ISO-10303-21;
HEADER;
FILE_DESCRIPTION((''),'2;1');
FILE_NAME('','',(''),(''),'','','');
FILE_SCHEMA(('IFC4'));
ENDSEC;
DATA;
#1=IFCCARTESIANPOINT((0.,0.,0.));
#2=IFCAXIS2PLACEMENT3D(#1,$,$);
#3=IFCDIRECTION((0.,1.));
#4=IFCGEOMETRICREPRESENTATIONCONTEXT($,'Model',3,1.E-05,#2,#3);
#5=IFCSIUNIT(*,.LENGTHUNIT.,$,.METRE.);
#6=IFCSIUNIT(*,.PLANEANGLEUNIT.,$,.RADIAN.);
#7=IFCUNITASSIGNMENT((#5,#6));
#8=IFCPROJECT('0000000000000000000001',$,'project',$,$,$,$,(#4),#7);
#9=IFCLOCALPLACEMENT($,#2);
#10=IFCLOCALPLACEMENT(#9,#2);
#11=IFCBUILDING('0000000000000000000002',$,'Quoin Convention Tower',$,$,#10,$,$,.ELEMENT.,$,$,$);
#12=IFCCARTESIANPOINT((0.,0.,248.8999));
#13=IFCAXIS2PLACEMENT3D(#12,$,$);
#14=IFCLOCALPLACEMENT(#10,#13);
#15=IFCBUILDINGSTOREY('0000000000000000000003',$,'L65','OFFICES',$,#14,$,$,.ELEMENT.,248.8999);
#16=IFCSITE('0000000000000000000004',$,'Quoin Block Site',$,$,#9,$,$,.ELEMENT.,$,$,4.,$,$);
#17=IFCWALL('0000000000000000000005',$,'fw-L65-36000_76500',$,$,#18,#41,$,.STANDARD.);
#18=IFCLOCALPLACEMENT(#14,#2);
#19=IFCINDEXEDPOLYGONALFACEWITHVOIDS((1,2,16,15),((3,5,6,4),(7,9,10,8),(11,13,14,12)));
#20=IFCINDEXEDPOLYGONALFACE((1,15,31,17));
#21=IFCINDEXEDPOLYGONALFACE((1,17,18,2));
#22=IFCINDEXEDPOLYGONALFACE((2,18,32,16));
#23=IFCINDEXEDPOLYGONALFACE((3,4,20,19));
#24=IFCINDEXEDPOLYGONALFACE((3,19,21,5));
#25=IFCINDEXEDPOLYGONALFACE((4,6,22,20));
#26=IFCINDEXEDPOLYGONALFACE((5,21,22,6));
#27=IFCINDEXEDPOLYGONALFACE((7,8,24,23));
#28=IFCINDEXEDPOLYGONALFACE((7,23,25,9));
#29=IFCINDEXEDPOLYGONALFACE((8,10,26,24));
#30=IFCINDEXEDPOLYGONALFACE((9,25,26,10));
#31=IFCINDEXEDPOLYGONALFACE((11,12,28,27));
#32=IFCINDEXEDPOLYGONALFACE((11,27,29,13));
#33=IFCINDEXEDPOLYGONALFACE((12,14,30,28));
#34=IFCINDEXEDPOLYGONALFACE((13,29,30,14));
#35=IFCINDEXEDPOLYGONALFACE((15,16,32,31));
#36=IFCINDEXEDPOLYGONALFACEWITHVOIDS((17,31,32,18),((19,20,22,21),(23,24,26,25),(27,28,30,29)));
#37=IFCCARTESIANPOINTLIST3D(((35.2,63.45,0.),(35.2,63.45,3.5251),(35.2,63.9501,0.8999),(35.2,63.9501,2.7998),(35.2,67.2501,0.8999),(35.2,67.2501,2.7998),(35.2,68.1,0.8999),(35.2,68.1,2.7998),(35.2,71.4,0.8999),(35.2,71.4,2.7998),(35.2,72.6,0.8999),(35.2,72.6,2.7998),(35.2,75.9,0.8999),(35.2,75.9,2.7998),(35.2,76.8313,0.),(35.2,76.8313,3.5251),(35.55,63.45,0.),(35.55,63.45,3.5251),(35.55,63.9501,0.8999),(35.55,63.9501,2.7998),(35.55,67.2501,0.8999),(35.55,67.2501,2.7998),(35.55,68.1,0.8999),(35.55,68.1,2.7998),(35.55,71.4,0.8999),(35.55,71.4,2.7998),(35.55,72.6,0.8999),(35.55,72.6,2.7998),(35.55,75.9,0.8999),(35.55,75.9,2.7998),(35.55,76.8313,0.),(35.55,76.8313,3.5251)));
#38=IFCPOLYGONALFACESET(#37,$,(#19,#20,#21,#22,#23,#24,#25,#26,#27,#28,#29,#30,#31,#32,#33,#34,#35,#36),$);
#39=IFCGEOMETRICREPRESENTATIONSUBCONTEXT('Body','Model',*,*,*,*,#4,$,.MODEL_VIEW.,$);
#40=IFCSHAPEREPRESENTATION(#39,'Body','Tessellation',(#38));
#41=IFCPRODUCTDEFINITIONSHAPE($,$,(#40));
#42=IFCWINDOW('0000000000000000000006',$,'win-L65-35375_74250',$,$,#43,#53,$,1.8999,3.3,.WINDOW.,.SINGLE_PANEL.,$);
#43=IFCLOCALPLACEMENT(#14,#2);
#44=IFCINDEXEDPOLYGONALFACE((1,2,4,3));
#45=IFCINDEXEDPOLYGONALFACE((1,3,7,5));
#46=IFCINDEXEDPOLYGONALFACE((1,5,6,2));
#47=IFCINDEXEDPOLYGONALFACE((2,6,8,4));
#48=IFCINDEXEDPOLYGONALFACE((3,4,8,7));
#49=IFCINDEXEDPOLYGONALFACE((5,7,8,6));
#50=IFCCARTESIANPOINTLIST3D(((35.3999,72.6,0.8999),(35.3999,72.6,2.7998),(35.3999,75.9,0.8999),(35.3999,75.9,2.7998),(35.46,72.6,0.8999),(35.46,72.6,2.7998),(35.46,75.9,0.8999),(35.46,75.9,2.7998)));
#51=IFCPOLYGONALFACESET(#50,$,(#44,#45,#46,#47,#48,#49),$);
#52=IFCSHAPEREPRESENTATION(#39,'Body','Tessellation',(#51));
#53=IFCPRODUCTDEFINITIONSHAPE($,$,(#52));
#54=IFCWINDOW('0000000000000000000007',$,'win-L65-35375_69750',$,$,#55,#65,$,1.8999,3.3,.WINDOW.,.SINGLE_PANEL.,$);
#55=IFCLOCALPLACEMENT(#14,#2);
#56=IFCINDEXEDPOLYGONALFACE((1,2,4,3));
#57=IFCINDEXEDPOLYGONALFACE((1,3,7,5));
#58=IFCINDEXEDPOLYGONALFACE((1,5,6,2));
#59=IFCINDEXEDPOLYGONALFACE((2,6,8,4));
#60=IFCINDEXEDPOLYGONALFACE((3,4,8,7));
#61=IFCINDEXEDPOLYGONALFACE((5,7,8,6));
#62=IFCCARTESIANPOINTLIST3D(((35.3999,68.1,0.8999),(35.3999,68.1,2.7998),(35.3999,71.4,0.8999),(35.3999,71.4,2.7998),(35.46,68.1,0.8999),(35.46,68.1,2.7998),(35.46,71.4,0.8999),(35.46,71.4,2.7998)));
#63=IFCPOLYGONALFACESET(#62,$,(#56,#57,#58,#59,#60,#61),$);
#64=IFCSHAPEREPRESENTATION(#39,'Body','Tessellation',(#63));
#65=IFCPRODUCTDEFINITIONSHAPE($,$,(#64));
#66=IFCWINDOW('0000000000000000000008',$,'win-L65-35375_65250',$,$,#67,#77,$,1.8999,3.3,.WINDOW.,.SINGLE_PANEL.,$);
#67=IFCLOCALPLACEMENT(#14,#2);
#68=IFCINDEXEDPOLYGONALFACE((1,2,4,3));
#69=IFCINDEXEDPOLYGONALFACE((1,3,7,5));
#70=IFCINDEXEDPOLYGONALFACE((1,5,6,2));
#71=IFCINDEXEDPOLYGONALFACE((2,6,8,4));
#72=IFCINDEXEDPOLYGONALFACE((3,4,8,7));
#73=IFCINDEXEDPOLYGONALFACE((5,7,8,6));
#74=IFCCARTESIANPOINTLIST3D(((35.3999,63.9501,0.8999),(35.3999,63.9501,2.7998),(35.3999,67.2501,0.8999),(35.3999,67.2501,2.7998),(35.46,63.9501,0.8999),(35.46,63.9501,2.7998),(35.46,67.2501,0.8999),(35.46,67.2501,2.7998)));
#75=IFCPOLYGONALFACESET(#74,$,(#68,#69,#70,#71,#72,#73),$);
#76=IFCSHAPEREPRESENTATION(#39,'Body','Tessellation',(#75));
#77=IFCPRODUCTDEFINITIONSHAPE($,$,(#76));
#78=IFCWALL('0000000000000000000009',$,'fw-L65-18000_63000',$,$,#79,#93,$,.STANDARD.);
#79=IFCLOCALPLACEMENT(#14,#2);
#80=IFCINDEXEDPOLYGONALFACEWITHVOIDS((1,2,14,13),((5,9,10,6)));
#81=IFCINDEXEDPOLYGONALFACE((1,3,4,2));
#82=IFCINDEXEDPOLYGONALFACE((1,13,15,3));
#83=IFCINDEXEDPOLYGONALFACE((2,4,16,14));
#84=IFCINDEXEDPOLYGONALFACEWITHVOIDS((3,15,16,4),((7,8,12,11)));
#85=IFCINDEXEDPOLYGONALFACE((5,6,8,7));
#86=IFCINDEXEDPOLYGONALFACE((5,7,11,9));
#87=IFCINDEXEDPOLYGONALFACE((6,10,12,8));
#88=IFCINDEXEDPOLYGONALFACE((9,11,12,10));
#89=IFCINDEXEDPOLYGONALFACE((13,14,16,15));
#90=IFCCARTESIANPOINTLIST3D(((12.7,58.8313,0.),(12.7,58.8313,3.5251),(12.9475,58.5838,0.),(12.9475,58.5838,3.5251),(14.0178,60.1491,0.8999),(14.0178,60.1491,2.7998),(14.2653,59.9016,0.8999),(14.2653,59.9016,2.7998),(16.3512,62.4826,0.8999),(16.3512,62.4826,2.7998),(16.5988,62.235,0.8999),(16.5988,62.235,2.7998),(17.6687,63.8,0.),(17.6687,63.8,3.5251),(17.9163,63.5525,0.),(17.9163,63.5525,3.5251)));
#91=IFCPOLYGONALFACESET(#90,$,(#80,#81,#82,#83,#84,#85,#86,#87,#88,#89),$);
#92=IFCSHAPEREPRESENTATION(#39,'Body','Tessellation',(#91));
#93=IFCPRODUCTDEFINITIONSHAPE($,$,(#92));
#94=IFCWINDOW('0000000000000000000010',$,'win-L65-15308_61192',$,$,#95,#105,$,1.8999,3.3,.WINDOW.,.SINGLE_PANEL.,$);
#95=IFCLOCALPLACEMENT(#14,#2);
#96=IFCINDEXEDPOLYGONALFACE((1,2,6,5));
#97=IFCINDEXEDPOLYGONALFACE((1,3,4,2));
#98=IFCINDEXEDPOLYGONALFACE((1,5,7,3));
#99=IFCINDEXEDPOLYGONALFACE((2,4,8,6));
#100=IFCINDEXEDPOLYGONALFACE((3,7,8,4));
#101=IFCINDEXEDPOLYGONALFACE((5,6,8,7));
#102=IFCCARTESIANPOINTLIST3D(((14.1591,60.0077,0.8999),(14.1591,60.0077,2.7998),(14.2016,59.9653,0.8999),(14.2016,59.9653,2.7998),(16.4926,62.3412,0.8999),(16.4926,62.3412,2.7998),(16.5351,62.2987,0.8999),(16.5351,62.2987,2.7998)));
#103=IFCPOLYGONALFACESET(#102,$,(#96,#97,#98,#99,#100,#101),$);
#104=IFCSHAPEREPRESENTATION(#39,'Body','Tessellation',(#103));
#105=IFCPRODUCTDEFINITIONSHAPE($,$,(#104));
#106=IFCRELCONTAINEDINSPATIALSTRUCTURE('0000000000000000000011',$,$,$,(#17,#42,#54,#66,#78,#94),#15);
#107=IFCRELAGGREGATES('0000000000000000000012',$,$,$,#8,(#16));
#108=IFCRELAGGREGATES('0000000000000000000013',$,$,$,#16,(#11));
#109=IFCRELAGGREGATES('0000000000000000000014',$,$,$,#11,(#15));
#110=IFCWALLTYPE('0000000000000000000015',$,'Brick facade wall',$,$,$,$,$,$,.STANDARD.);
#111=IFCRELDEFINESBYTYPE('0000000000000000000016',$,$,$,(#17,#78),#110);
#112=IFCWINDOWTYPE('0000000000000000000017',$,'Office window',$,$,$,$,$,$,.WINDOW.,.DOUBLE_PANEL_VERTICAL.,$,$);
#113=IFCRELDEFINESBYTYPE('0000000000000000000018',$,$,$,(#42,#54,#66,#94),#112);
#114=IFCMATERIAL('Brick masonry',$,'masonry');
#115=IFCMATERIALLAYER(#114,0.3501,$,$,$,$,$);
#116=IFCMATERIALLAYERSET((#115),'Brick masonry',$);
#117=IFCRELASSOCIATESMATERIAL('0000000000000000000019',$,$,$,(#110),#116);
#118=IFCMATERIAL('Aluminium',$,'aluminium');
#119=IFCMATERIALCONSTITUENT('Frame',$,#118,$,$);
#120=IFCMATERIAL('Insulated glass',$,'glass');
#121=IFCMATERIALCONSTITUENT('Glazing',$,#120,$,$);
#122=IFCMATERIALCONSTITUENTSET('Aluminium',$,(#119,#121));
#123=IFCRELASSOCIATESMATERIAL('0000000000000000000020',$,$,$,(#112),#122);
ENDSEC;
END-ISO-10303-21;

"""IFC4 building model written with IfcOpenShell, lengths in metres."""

from ifc_helpers import new_model, si_unit, direction, frame, frame_2d, origin, place, context, subcontext, project, spatial, rectangle, extrude, material, layer, layer_set, constituent, constituent_set, type_object, element, fill, save


model = new_model("IFC4")

# Units and contexts
model_context = context("Model", 3, precision=1e-05, world=origin(), true_north=direction((0.0, 1.0)))
body_context = subcontext(model_context, "Body", "Model", "MODEL_VIEW")
ifc_project = project(units=[si_unit("LENGTHUNIT", "METRE"), si_unit("PLANEANGLEUNIT", "RADIAN")], contexts=[model_context])

# Site, building, storey
site_placement = place(None, origin())
site = spatial("IfcSite", under=ifc_project, at=site_placement, Name="Quoin Block Site", CompositionType="ELEMENT", RefElevation=4.0)
building_placement = place(site_placement, origin())
building = spatial("IfcBuilding", under=site, at=building_placement, Name="Quoin Convention Tower", CompositionType="ELEMENT")
storey_placement = place(building_placement, frame((0.0, 0.0, 248.8999)))
storey = spatial("IfcBuildingStorey", under=building, at=storey_placement, Name="L65", Description="OFFICES", CompositionType="ELEMENT", Elevation=248.8999)

# Wall, openings, windows
ifc_material_1 = material(Name="Brick masonry", Category="masonry")
ifc_layer_1 = layer(ifc_material_1, 0.3501)
ifc_layer_set_1 = layer_set([ifc_layer_1], Name="Brick masonry")
wall_type_1 = type_object("IfcWallType", Name="Brick facade wall", PredefinedType="STANDARD", material=ifc_layer_set_1)
wall_1_placement = place(storey_placement, frame((35.375, 76.8313, 0.0), z_axis=(0.0, 0.0, 1.0), x_axis=(0.0, -1.0, 0.0)))
wall_1 = element("IfcWall", 1, at=wall_1_placement, inside=storey, type_object=wall_type_1, Name="fw-L65-36000_76500", PredefinedType="STANDARD", context=body_context, shape_type="SweptSolid", body=[
    extrude(rectangle(XDim=13.3813, YDim=0.3501, at=frame_2d((6.6907, 0.0))), origin(), (0.0, 0.0, 1.0), 3.5251),
])
opening_1_placement = place(wall_1_placement, frame((0.9314, 0.0, 0.8999)))
opening_1 = element("IfcOpeningElement", 2, at=opening_1_placement, cuts=wall_1, PredefinedType="OPENING", context=body_context, shape_type="SweptSolid", body=[
    extrude(rectangle(XDim=3.3, YDim=1.8999, at=frame_2d((1.6499, 0.95))), frame((0.0, 0.1851, 0.0), z_axis=(0.0, -1.0, 0.0), x_axis=(1.0, 0.0, 0.0)), (0.0, 0.0, 1.0), 0.3701),
])
opening_2_placement = place(wall_1_placement, frame((5.4314, 0.0, 0.8999)))
opening_2 = element("IfcOpeningElement", 3, at=opening_2_placement, cuts=wall_1, PredefinedType="OPENING", context=body_context, shape_type="SweptSolid", body=[
    extrude(rectangle(XDim=3.3, YDim=1.8999, at=frame_2d((1.6499, 0.95))), frame((0.0, 0.1851, 0.0), z_axis=(0.0, -1.0, 0.0), x_axis=(1.0, 0.0, 0.0)), (0.0, 0.0, 1.0), 0.3701),
])
opening_3_placement = place(wall_1_placement, frame((9.5813, 0.0, 0.8999)))
opening_3 = element("IfcOpeningElement", 4, at=opening_3_placement, cuts=wall_1, PredefinedType="OPENING", context=body_context, shape_type="SweptSolid", body=[
    extrude(rectangle(XDim=3.3, YDim=1.8999, at=frame_2d((1.6499, 0.95))), frame((0.0, 0.1851, 0.0), z_axis=(0.0, -1.0, 0.0), x_axis=(1.0, 0.0, 0.0)), (0.0, 0.0, 1.0), 0.3701),
])
ifc_material_2 = material(Name="Aluminium", Category="aluminium")
ifc_constituent_1 = constituent(ifc_material_2, Name="Frame")
ifc_material_3 = material(Name="Insulated glass", Category="glass")
ifc_constituent_2 = constituent(ifc_material_3, Name="Glazing")
ifc_constituent_set = constituent_set(constituents=[ifc_constituent_1, ifc_constituent_2], Name="Aluminium")
window_type = type_object("IfcWindowType", Name="Office window", PartitioningType="DOUBLE_PANEL_VERTICAL", PredefinedType="WINDOW", material=ifc_constituent_set)
window_1_placement = place(opening_1_placement, origin())
window_1 = element("IfcWindow", 5, at=window_1_placement, inside=storey, type_object=window_type, Name="win-L65-35375_74250", OverallHeight=1.8999, OverallWidth=3.3, PartitioningType="SINGLE_PANEL", PredefinedType="WINDOW", context=body_context, shape_type="SweptSolid", body=[
    extrude(rectangle(XDim=3.3, YDim=1.8999, at=frame_2d((1.6499, 0.95))), frame((0.0, 0.085, 0.0), z_axis=(0.0, -1.0, 0.0), x_axis=(1.0, 0.0, 0.0)), (0.0, 0.0, 1.0), 0.0601),
])
fill(opening_1, window_1)
window_2_placement = place(opening_2_placement, origin())
window_2 = element("IfcWindow", 6, at=window_2_placement, inside=storey, type_object=window_type, Name="win-L65-35375_69750", OverallHeight=1.8999, OverallWidth=3.3, PartitioningType="SINGLE_PANEL", PredefinedType="WINDOW", context=body_context, shape_type="SweptSolid", body=[
    extrude(rectangle(XDim=3.3, YDim=1.8999, at=frame_2d((1.6499, 0.95))), frame((0.0, 0.085, 0.0), z_axis=(0.0, -1.0, 0.0), x_axis=(1.0, 0.0, 0.0)), (0.0, 0.0, 1.0), 0.0601),
])
fill(opening_2, window_2)
window_3_placement = place(opening_3_placement, origin())
window_3 = element("IfcWindow", 7, at=window_3_placement, inside=storey, type_object=window_type, Name="win-L65-35375_65250", OverallHeight=1.8999, OverallWidth=3.3, PartitioningType="SINGLE_PANEL", PredefinedType="WINDOW", context=body_context, shape_type="SweptSolid", body=[
    extrude(rectangle(XDim=3.3, YDim=1.8999, at=frame_2d((1.6499, 0.95))), frame((0.0, 0.085, 0.0), z_axis=(0.0, -1.0, 0.0), x_axis=(1.0, 0.0, 0.0)), (0.0, 0.0, 1.0), 0.0601),
])
fill(opening_3, window_3)

# Wall, opening, window
wall_2_placement = place(storey_placement, frame((17.7925, 63.6763, 0.0), z_axis=(0.0, 0.0, 1.0), x_axis=(-0.707107, -0.707107, 0.0)))
wall_2 = element("IfcWall", 8, at=wall_2_placement, inside=storey, type_object=wall_type_1, Name="fw-L65-18000_63000", PredefinedType="STANDARD", context=body_context, shape_type="SweptSolid", body=[
    extrude(rectangle(XDim=7.0269, YDim=0.3501, at=frame_2d((3.5134, 0.0))), origin(), (0.0, 0.0, 1.0), 3.5251),
])
opening_4_placement = place(wall_2_placement, frame((1.8633, 0.0, 0.8999)))
opening_4 = element("IfcOpeningElement", 9, at=opening_4_placement, cuts=wall_2, PredefinedType="OPENING", context=body_context, shape_type="SweptSolid", body=[
    extrude(rectangle(XDim=3.3, YDim=1.8999, at=frame_2d((1.6499, 0.95))), frame((0.0, 0.1851, 0.0), z_axis=(0.0, -1.0, 0.0), x_axis=(1.0, 0.0, 0.0)), (0.0, 0.0, 1.0), 0.3701),
])
window_4_placement = place(opening_4_placement, origin())
window_4 = element("IfcWindow", 10, at=window_4_placement, inside=storey, type_object=window_type, Name="win-L65-15308_61192", OverallHeight=1.8999, OverallWidth=3.3, PartitioningType="SINGLE_PANEL", PredefinedType="WINDOW", context=body_context, shape_type="SweptSolid", body=[
    extrude(rectangle(XDim=3.3, YDim=1.8999, at=frame_2d((1.6499, 0.95))), frame((0.0, 0.085, 0.0), z_axis=(0.0, -1.0, 0.0), x_axis=(1.0, 0.0, 0.0)), (0.0, 0.0, 1.0), 0.0601),
])
fill(opening_4, window_4)

save(model, "model.ifc")
